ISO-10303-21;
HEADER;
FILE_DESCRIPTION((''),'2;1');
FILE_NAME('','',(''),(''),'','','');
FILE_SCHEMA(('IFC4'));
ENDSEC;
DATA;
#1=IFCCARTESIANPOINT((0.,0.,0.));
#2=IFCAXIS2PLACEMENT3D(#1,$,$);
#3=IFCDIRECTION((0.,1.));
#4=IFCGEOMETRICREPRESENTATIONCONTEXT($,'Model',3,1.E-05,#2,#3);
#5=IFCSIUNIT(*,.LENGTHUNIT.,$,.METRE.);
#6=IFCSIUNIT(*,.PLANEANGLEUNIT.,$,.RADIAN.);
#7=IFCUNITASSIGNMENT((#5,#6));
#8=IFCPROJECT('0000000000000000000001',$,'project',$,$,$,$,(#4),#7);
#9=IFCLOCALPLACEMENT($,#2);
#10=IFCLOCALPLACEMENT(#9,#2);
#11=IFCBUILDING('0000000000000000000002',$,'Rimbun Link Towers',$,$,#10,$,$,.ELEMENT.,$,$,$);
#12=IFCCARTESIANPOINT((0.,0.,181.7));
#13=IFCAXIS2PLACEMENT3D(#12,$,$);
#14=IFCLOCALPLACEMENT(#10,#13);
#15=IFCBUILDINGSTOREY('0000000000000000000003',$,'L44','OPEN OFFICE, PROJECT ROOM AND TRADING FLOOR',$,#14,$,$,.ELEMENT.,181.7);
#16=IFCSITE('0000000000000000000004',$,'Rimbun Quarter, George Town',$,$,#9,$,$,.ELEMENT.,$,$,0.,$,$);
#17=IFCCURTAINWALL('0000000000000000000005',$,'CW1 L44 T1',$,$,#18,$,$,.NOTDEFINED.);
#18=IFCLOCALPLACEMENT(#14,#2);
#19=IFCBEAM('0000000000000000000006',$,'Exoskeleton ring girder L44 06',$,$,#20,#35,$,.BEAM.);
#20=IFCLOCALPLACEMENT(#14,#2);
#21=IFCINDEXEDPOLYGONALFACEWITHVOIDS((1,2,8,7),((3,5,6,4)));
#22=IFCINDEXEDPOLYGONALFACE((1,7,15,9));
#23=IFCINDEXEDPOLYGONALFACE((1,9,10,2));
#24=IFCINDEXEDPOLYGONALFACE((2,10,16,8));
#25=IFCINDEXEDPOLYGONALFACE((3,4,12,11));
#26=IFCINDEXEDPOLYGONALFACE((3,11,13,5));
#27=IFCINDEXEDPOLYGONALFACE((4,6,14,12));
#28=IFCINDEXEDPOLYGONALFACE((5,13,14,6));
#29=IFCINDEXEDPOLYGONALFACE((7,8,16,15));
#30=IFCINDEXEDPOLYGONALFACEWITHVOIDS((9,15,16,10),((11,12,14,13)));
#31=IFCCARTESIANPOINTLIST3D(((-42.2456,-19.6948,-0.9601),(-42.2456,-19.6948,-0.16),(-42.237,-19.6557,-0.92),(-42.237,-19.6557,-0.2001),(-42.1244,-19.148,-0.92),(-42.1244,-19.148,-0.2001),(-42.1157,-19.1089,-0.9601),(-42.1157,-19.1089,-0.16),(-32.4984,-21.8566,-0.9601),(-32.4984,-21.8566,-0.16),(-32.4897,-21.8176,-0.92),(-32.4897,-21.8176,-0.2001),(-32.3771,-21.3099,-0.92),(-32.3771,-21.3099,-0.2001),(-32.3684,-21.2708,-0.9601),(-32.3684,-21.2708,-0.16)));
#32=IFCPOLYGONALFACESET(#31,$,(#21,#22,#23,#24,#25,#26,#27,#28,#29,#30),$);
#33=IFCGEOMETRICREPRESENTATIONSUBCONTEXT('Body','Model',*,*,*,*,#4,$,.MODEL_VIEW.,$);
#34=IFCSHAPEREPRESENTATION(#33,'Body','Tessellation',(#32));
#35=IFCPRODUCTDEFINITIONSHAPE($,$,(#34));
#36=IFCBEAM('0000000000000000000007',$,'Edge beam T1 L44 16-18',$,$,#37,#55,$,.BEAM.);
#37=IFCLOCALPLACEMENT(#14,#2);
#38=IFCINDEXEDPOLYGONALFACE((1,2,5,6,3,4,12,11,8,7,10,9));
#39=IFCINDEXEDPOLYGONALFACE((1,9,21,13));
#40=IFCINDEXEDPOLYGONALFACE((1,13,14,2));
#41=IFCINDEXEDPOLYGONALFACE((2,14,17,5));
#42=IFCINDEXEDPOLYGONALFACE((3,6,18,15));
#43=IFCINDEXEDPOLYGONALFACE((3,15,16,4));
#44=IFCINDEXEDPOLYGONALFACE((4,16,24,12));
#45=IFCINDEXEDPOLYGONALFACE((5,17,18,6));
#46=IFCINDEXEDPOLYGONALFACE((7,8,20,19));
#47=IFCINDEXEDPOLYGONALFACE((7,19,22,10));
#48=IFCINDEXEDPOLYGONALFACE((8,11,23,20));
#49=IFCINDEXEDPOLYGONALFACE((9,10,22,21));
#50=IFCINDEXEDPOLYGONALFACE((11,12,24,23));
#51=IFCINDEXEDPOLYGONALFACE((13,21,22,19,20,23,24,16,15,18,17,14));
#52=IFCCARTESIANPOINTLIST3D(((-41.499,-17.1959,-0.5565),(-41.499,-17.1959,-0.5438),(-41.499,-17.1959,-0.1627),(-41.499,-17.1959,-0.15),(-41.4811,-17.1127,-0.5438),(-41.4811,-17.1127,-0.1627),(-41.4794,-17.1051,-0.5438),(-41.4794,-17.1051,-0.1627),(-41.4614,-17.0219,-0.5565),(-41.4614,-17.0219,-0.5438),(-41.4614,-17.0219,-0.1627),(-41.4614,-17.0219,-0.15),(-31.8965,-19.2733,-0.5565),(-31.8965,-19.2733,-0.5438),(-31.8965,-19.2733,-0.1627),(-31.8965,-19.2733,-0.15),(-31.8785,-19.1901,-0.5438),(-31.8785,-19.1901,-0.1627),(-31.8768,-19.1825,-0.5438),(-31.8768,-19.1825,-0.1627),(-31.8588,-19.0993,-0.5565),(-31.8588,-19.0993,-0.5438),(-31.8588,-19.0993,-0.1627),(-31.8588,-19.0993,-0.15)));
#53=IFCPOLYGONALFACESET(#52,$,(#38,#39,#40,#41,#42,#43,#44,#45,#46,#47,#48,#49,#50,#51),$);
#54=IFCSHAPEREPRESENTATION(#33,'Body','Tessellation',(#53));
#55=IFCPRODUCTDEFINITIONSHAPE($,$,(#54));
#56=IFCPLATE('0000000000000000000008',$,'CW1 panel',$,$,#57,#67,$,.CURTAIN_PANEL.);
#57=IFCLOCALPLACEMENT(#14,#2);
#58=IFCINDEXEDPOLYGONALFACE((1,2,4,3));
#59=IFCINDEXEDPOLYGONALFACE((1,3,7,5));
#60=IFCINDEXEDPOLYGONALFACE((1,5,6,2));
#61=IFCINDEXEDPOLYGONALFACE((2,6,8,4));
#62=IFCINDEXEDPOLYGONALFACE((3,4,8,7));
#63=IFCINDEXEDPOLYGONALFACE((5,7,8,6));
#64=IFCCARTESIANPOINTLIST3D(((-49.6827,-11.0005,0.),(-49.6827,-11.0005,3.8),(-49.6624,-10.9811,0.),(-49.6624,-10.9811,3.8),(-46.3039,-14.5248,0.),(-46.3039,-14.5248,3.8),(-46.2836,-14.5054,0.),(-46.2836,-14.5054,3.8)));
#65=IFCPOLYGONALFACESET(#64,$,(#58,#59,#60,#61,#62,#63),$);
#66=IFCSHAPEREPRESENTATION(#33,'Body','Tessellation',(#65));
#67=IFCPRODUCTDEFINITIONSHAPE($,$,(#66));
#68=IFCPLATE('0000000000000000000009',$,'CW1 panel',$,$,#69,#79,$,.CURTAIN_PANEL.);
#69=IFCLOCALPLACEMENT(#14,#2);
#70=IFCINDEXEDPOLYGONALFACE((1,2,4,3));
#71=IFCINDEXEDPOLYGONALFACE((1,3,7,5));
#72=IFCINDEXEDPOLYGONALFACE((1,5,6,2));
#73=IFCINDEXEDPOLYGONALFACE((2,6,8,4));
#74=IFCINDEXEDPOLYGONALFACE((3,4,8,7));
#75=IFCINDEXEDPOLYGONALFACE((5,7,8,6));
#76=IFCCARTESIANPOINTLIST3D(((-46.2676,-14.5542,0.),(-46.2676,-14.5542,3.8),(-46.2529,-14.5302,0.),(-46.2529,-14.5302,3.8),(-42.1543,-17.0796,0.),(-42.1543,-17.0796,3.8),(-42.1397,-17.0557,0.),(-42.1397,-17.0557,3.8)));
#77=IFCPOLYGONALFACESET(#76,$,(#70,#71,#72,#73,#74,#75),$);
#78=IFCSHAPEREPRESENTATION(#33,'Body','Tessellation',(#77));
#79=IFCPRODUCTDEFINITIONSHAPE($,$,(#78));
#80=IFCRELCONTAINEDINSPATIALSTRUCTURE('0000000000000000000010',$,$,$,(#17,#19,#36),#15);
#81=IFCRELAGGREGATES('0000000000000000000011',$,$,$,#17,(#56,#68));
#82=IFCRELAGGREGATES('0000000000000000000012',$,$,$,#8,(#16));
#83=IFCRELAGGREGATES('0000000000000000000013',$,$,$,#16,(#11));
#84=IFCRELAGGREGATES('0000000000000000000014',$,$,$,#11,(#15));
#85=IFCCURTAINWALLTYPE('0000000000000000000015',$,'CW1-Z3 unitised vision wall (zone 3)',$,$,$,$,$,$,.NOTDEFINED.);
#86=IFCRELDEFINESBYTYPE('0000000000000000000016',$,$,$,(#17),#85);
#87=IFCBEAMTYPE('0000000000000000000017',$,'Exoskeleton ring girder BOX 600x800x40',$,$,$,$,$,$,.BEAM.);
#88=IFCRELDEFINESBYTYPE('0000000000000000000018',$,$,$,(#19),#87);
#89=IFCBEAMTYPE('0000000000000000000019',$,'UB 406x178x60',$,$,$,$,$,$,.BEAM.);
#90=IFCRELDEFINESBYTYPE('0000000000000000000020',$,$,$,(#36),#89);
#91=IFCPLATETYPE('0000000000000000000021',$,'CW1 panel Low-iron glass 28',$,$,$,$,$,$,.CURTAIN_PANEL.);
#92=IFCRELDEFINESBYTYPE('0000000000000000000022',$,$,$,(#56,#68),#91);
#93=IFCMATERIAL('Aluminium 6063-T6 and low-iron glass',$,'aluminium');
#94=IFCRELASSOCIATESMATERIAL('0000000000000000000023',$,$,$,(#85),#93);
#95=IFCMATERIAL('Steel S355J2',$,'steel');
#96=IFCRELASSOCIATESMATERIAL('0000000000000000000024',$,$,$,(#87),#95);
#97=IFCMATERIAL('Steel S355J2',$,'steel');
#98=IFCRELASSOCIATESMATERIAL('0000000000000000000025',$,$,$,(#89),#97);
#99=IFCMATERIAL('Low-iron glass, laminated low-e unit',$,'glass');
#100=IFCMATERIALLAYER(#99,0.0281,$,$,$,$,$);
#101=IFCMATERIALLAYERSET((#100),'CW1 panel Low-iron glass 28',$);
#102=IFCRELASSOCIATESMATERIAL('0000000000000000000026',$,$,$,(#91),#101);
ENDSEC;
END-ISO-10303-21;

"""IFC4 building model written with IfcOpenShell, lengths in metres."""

from ifc_helpers import new_model, si_unit, direction, frame, origin, origin_2d, place, context, subcontext, project, spatial, rectangle, hollow_rectangle, i_section, extrude, material, layer, layer_set, material_profile, profile_set, type_object, element, aggregate, save


model = new_model("IFC4")

# Units and contexts
model_context = context("Model", 3, precision=1e-05, world=origin(), true_north=direction((0.0, 1.0)))
body_context = subcontext(model_context, "Body", "Model", "MODEL_VIEW")
ifc_project = project(units=[si_unit("LENGTHUNIT", "METRE"), si_unit("PLANEANGLEUNIT", "RADIAN")], contexts=[model_context])

# Site, building, storey
site_placement = place(None, origin())
site = spatial("IfcSite", under=ifc_project, at=site_placement, Name="Rimbun Quarter, George Town", CompositionType="ELEMENT", RefElevation=0.0)
building_placement = place(site_placement, origin())
building = spatial("IfcBuilding", under=site, at=building_placement, Name="Rimbun Link Towers", CompositionType="ELEMENT")
storey_placement = place(building_placement, frame((0.0, 0.0, 181.7)))
storey = spatial("IfcBuildingStorey", under=building, at=storey_placement, Name="L44", Description="OPEN OFFICE, PROJECT ROOM AND TRADING FLOOR", CompositionType="ELEMENT", Elevation=181.7)

# Curtain wall
ifc_material_1 = material(Name="Aluminium 6063-T6 and low-iron glass", Category="aluminium")
curtain_wall_type = type_object("IfcCurtainWallType", Name="CW1-Z3 unitised vision wall (zone 3)", PredefinedType="NOTDEFINED", material=ifc_material_1)
curtain_wall_placement = place(storey_placement, origin())
curtain_wall = element("IfcCurtainWall", 1, at=curtain_wall_placement, inside=storey, type_object=curtain_wall_type, Name="CW1 L44 T1", PredefinedType="NOTDEFINED")

# Beams
ifc_material_2 = material(Name="Steel S355J2", Category="steel")
ifc_material_profile_1 = material_profile(ifc_material_2, hollow_rectangle(XDim=0.6001, YDim=0.8, WallThickness=0.04, at=origin_2d()), Name="Exoskeleton ring girder BOX 600x800x40")
ifc_profile_set_1 = profile_set([ifc_material_profile_1], Name="Steel S355J2")
beam_type_1 = type_object("IfcBeamType", Name="Exoskeleton ring girder BOX 600x800x40", PredefinedType="BEAM", material=ifc_profile_set_1)
beam_1_placement = place(storey_placement, frame((-42.1807, -19.4019, -0.5601), z_axis=(0.976276, -0.216529, 0.0), x_axis=(0.216529, 0.976276, 0.0)))
element("IfcBeam", 2, at=beam_1_placement, inside=storey, type_object=beam_type_1, Name="Exoskeleton ring girder L44 06", PredefinedType="BEAM", context=body_context, shape_type="SweptSolid", body=[
    extrude(hollow_rectangle(XDim=0.6001, YDim=0.8, WallThickness=0.04, at=origin_2d()), origin(), (0.0, 0.0, 1.0), 9.9841),
])
ifc_material_3 = material(Name="Steel S355J2", Category="steel")
ifc_material_profile_2 = material_profile(ifc_material_3, i_section(OverallWidth=0.178, OverallDepth=0.4065, WebThickness=0.0078, FlangeThickness=0.0127, at=origin_2d()), Name="UB 406x178x60")
ifc_profile_set_2 = profile_set([ifc_material_profile_2], Name="Steel S355J2")
beam_type_2 = type_object("IfcBeamType", Name="UB 406x178x60", PredefinedType="BEAM", material=ifc_profile_set_2)
beam_2_placement = place(storey_placement, frame((-41.4802, -17.1089, -0.3533), z_axis=(0.97739, -0.211446, 0.0), x_axis=(0.211446, 0.97739, 0.0)))
element("IfcBeam", 3, at=beam_2_placement, inside=storey, type_object=beam_type_2, Name="Edge beam T1 L44 16-18", PredefinedType="BEAM", context=body_context, shape_type="SweptSolid", body=[
    extrude(i_section(OverallWidth=0.178, OverallDepth=0.4065, WebThickness=0.0078, FlangeThickness=0.0127, at=origin_2d()), origin(), (0.0, 0.0, 1.0), 9.8247),
])

# Plates
ifc_material_4 = material(Name="Low-iron glass, laminated low-e unit", Category="glass")
ifc_layer = layer(ifc_material_4, 0.0281)
ifc_layer_set = layer_set([ifc_layer], Name="CW1 panel Low-iron glass 28")
plate_type = type_object("IfcPlateType", Name="CW1 panel Low-iron glass 28", PredefinedType="CURTAIN_PANEL", material=ifc_layer_set)
plate_1_placement = place(storey_placement, frame((-47.9832, -12.7529, 0.0), z_axis=(0.0, 0.0, 1.0), x_axis=(-0.692057, 0.721843, 0.0)))
plate_1 = element("IfcPlate", 4, at=plate_1_placement, type_object=plate_type, Name="CW1 panel", PredefinedType="CURTAIN_PANEL", context=body_context, shape_type="SweptSolid", body=[
    extrude(rectangle(XDim=4.8823, YDim=0.0281, at=origin_2d()), origin(), (0.0, 0.0, 1.0), 3.8),
])
plate_2_placement = place(storey_placement, frame((-44.2036, -15.8049, 0.0), z_axis=(0.0, 0.0, 1.0), x_axis=(-0.852189, 0.523235, 0.0)))
plate_2 = element("IfcPlate", 5, at=plate_2_placement, type_object=plate_type, Name="CW1 panel", PredefinedType="CURTAIN_PANEL", context=body_context, shape_type="SweptSolid", body=[
    extrude(rectangle(XDim=4.8267, YDim=0.0281, at=origin_2d()), origin(), (0.0, 0.0, 1.0), 3.8),
])
aggregate(curtain_wall, [plate_1, plate_2])

save(model, "model.ifc")
